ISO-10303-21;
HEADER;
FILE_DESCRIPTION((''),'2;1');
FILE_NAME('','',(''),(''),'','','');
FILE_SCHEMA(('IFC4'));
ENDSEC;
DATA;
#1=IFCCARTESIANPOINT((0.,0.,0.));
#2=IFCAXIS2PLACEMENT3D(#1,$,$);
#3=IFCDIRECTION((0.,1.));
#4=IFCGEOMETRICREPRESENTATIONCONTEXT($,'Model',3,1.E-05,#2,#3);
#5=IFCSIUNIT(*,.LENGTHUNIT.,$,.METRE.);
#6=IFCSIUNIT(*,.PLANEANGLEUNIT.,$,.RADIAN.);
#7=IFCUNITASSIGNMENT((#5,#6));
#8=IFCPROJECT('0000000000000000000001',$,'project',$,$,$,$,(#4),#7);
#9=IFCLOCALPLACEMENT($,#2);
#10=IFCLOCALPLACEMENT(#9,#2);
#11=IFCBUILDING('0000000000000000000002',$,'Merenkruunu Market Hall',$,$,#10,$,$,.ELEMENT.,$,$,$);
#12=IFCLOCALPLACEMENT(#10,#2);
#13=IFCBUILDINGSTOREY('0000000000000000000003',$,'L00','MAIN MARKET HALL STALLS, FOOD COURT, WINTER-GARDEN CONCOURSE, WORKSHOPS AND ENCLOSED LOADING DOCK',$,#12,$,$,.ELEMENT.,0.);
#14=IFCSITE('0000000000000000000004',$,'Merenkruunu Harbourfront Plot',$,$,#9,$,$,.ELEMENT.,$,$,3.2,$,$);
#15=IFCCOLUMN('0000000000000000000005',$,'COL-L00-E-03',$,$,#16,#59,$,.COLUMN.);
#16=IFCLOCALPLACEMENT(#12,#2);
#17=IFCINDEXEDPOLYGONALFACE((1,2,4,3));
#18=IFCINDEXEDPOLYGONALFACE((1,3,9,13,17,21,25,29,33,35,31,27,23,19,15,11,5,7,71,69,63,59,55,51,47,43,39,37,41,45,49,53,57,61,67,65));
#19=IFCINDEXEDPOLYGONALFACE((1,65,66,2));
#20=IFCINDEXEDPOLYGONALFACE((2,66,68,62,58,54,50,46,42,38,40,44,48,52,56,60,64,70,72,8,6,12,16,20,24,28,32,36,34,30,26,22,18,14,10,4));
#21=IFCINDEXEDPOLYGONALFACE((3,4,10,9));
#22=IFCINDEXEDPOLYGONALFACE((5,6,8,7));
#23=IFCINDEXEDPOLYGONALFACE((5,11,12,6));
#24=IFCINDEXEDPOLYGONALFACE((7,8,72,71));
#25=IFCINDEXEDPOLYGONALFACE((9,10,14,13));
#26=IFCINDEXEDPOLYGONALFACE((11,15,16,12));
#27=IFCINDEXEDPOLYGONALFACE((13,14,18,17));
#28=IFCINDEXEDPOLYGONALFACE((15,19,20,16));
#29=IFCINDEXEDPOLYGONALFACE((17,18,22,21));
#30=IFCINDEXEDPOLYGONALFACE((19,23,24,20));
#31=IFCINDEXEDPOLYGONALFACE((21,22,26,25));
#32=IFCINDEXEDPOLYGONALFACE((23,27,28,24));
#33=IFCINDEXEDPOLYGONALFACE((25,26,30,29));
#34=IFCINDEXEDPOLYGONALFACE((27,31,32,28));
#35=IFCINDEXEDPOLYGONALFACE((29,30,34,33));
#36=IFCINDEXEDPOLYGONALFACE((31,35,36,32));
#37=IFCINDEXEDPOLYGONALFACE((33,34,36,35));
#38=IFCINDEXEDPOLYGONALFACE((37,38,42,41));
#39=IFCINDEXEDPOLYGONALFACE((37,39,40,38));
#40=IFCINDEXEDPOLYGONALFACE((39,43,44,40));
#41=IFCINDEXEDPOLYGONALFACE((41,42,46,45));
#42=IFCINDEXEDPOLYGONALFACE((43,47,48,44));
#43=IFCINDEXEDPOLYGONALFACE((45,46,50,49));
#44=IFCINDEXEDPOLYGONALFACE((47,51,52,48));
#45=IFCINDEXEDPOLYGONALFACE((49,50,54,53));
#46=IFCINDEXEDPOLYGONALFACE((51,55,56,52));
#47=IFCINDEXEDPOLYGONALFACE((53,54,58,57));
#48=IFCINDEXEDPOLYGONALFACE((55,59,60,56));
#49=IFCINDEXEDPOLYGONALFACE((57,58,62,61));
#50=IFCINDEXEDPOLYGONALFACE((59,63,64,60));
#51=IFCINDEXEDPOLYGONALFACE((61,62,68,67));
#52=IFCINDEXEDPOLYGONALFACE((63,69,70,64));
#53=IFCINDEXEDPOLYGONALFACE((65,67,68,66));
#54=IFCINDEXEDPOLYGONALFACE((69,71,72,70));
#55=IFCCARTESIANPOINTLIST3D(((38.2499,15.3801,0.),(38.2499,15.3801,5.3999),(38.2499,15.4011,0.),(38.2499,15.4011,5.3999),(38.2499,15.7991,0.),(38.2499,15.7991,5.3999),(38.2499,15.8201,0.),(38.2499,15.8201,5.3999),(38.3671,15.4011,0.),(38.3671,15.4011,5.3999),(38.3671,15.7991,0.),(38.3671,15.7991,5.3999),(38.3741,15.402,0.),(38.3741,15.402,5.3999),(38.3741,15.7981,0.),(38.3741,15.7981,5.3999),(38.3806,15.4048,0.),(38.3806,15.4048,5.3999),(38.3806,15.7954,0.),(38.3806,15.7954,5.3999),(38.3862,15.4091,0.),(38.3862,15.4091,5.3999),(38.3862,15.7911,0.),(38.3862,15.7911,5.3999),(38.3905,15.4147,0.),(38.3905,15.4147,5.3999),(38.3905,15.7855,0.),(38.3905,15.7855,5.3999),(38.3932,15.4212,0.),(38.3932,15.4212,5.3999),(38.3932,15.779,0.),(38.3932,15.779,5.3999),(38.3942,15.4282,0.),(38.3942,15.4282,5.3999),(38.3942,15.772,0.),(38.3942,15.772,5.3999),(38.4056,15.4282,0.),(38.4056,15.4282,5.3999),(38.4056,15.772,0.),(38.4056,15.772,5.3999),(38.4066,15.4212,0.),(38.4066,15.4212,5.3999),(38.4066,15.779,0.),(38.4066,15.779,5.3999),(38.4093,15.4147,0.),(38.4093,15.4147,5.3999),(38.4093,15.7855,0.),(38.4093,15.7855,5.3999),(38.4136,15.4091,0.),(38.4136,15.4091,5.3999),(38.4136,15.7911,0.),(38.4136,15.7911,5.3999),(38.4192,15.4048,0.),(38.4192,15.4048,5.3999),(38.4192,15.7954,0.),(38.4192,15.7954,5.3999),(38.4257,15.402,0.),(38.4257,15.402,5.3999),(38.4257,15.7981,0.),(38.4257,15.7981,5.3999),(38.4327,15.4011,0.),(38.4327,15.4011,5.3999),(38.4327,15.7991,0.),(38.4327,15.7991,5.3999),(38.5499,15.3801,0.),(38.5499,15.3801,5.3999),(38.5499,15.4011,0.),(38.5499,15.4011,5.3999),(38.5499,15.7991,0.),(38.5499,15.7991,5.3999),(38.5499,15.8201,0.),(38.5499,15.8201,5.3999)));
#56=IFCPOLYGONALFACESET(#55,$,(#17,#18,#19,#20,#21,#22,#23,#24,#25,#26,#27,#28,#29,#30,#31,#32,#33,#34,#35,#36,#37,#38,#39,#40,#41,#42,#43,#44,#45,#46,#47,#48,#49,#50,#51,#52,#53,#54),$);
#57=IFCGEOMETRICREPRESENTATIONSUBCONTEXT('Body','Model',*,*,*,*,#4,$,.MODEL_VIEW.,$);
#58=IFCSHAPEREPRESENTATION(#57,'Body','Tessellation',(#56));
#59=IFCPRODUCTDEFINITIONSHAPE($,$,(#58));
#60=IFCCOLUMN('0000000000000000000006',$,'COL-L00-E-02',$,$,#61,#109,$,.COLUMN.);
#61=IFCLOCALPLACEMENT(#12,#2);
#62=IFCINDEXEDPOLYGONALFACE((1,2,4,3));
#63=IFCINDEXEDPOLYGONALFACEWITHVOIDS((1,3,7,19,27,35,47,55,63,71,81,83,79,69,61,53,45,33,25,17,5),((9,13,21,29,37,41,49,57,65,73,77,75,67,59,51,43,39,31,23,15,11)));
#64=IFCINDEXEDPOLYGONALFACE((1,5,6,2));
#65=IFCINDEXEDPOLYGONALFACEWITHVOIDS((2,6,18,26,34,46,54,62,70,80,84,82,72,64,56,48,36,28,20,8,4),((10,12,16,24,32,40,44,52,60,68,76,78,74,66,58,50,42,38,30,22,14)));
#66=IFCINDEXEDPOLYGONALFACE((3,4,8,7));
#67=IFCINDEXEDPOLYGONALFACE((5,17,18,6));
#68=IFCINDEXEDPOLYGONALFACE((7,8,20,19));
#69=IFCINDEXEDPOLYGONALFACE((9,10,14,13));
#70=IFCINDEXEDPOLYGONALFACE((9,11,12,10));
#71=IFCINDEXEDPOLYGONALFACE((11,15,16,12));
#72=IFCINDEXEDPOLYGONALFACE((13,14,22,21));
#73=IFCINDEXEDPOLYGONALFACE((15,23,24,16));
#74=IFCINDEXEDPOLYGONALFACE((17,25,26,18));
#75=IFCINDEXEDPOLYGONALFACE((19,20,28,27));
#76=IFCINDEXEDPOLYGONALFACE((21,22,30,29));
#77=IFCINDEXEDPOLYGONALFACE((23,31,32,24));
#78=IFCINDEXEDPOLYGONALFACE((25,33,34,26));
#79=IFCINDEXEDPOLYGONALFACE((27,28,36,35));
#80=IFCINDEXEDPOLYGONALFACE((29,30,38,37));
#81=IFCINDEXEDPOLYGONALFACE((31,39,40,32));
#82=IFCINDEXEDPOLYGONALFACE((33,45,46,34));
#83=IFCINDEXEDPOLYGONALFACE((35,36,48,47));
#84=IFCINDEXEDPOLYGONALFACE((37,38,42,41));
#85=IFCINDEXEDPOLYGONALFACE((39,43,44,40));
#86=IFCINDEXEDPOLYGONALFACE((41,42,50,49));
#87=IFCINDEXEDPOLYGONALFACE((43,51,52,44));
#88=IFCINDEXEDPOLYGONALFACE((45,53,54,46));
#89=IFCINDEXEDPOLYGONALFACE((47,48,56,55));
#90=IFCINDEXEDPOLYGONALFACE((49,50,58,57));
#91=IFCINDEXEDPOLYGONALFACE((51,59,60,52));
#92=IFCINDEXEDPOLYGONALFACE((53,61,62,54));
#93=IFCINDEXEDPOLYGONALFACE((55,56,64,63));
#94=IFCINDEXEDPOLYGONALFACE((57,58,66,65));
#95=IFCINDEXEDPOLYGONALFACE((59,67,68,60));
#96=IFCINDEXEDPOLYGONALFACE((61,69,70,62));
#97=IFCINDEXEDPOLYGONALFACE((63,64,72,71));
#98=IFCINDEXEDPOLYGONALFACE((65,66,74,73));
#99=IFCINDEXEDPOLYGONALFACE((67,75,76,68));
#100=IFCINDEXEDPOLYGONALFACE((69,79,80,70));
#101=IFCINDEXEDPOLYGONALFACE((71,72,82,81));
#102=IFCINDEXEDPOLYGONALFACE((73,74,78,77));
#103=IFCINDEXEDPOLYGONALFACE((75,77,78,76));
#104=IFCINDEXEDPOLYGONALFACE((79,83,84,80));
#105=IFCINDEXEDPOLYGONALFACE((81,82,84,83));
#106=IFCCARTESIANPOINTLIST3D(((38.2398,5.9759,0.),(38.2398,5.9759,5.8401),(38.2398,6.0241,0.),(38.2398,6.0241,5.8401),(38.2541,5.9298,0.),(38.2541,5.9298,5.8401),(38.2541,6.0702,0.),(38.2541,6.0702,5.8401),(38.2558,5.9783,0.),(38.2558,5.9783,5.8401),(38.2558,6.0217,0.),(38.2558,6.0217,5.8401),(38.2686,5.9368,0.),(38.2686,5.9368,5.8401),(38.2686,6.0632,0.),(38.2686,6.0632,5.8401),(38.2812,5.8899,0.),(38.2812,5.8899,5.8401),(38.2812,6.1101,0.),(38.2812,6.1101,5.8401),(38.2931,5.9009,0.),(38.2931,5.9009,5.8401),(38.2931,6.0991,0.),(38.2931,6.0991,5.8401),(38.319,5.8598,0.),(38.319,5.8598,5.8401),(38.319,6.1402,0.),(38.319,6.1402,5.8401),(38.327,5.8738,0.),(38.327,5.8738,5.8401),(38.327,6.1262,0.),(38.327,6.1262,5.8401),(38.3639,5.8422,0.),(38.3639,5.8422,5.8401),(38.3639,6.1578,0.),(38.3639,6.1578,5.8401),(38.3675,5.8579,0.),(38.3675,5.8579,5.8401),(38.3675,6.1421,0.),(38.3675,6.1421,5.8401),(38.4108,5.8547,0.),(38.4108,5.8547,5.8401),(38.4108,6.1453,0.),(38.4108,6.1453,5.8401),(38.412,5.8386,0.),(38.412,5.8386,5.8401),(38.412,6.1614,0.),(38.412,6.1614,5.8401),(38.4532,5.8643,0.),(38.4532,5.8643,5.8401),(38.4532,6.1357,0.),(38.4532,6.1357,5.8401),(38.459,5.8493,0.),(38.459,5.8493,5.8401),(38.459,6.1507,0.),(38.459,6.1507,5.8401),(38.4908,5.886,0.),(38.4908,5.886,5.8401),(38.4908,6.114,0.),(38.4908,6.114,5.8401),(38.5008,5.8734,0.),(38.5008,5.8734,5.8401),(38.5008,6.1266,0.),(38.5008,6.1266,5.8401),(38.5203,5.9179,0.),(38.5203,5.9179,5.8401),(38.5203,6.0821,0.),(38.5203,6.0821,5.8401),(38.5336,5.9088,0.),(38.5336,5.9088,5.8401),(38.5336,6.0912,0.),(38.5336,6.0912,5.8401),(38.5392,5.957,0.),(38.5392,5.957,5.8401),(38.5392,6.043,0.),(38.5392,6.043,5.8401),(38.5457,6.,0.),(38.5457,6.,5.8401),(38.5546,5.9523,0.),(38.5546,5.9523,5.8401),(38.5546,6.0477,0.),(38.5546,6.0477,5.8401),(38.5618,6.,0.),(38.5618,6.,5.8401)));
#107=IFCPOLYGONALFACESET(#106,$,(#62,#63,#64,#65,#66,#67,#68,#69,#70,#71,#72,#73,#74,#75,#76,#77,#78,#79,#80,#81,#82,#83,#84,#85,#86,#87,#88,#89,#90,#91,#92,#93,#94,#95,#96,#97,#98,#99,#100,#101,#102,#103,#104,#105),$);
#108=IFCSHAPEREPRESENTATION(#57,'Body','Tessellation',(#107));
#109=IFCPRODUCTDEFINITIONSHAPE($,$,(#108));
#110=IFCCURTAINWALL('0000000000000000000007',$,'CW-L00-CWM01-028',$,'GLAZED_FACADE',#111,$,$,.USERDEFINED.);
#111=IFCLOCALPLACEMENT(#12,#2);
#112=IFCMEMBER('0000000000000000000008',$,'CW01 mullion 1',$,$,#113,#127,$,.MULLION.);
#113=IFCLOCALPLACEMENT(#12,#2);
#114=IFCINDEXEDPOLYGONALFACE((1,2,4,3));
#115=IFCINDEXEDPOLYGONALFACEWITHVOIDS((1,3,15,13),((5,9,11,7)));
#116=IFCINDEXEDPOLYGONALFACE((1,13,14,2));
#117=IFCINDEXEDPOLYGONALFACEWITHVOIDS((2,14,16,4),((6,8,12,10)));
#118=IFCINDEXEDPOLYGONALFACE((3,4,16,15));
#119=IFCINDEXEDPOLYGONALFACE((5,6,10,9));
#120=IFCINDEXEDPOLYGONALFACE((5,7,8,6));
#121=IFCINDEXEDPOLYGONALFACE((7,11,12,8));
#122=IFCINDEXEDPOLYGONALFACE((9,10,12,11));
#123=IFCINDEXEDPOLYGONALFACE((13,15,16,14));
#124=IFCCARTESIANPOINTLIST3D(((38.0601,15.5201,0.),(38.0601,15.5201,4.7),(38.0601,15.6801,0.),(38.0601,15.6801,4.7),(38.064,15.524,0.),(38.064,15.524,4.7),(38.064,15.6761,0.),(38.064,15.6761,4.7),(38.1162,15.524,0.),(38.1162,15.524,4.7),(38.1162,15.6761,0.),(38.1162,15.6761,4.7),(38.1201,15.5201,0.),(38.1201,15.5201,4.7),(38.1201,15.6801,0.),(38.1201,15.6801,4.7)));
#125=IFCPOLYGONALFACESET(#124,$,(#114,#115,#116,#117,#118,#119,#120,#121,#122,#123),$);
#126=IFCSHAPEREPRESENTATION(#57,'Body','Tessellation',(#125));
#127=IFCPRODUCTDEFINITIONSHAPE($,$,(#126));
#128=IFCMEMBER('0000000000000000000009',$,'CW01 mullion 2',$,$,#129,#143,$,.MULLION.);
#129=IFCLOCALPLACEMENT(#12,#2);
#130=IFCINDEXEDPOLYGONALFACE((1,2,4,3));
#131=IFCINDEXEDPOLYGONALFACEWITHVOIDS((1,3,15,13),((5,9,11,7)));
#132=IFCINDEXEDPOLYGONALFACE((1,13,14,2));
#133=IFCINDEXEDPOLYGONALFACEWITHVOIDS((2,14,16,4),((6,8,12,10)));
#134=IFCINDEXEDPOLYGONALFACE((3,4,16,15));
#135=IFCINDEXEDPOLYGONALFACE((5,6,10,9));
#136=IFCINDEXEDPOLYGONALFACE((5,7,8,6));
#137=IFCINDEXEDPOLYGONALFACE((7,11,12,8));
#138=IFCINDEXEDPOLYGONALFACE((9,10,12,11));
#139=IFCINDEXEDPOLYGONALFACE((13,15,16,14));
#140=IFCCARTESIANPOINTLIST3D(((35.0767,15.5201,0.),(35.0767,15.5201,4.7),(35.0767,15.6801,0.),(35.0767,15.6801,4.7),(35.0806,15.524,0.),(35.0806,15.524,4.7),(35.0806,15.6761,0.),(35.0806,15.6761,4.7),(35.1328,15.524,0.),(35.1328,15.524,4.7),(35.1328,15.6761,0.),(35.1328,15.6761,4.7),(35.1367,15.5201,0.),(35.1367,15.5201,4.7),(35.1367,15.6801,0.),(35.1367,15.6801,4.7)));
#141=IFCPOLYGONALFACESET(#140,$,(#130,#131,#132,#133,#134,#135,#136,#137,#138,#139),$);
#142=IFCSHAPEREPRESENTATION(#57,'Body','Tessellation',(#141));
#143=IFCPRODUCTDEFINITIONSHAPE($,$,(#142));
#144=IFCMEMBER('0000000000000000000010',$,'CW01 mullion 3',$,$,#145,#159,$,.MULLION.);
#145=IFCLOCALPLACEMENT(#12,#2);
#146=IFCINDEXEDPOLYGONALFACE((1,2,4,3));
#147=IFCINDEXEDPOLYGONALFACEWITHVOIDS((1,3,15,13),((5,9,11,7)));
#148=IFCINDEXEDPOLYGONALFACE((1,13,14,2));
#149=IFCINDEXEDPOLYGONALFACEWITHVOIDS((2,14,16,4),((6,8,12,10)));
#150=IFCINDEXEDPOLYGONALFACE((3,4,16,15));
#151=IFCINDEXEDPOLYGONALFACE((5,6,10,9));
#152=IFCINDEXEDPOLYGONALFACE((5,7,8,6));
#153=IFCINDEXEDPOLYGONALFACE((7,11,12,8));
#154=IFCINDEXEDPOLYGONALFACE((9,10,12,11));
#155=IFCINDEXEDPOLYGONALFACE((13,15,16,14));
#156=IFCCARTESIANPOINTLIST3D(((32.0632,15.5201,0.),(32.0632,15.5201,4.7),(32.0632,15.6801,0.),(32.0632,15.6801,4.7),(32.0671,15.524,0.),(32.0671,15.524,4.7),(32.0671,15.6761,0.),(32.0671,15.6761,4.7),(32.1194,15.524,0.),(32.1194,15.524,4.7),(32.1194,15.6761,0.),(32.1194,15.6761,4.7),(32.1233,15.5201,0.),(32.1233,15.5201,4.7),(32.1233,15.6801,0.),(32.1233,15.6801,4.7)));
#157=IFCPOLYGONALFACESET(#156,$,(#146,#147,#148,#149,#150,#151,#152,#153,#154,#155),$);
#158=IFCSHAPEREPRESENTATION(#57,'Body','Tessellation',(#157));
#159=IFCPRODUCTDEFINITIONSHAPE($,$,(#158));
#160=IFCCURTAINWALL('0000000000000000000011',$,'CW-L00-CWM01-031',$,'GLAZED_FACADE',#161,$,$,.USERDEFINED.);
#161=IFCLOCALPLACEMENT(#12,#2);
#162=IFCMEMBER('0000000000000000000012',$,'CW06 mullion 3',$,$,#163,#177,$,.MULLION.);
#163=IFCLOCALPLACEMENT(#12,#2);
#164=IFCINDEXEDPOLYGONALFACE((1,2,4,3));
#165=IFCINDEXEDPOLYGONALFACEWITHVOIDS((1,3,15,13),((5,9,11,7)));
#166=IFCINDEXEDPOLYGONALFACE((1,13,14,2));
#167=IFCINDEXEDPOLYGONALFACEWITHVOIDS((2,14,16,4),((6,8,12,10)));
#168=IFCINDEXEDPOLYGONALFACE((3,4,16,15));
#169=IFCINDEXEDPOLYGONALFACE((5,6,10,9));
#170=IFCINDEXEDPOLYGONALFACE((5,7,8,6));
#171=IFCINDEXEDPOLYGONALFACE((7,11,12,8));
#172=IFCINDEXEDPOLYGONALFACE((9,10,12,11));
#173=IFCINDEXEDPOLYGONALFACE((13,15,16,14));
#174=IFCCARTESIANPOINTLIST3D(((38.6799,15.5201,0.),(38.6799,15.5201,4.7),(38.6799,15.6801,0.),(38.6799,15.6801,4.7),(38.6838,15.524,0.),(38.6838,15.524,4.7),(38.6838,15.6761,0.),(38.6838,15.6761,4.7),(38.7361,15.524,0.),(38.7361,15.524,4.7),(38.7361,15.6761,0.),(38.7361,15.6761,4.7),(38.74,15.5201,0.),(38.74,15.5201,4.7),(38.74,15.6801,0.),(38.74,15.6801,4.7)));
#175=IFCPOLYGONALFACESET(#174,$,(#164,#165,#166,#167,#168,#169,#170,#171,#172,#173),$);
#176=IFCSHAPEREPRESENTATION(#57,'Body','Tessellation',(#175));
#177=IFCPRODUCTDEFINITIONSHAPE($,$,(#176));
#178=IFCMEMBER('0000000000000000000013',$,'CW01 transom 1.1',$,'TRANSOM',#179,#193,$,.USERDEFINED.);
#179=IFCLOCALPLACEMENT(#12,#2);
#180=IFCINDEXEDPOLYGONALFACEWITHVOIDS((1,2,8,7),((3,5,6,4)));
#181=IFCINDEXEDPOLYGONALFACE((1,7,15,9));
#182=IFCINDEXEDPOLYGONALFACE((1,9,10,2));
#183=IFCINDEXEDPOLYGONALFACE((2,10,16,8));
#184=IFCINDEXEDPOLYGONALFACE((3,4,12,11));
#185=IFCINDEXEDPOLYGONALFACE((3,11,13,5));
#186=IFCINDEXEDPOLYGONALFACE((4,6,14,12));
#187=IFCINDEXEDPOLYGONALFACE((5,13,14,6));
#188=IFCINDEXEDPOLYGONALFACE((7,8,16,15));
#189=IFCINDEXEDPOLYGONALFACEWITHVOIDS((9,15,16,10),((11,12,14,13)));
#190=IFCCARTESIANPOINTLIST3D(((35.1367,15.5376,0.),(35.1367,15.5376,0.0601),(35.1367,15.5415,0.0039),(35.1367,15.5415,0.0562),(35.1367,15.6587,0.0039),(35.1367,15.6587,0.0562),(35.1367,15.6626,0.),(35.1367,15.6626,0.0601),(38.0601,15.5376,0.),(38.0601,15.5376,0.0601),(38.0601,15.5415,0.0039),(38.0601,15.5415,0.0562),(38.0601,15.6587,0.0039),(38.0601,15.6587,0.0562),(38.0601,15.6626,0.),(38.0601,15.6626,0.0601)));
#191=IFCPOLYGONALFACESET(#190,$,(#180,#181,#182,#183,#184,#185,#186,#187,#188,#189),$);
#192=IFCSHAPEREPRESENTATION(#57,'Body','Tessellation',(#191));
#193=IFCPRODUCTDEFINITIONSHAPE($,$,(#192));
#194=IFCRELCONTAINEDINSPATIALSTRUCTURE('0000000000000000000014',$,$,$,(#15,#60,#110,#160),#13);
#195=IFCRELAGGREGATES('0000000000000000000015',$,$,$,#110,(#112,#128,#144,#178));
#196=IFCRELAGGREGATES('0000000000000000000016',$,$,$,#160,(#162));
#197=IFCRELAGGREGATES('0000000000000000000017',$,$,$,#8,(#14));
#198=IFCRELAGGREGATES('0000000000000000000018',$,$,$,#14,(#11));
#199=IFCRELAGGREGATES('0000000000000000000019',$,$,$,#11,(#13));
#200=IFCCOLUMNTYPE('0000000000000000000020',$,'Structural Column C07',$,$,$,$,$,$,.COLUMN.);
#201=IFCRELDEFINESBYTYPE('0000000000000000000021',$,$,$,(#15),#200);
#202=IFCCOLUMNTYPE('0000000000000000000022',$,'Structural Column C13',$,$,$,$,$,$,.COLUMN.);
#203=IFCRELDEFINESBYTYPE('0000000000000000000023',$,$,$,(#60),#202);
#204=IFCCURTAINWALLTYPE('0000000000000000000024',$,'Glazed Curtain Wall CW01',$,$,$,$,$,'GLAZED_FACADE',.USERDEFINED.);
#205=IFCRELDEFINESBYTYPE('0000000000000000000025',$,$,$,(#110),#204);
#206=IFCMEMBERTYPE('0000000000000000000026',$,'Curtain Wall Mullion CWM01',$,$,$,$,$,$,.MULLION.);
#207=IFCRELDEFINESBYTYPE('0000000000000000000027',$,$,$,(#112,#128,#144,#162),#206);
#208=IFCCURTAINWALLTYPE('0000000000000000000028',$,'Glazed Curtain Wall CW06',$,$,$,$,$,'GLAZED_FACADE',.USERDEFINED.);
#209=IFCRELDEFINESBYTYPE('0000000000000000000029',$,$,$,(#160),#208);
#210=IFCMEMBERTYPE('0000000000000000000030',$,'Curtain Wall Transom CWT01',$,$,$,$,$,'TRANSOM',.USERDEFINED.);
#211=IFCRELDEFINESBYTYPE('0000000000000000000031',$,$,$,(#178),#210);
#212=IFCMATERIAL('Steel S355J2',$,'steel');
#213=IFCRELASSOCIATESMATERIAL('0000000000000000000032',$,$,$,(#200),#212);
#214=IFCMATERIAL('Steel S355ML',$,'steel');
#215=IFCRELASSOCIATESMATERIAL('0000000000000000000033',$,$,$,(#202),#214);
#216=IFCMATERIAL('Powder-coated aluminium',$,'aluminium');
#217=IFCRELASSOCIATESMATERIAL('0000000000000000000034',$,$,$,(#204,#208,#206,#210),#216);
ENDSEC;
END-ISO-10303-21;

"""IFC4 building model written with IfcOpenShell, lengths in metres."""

from ifc_helpers import new_model, si_unit, direction, frame, origin, origin_2d, place, context, subcontext, project, spatial, hollow_rectangle, hollow_circle, i_section, extrude, material, material_profile, profile_set, type_object, element, aggregate, save


model = new_model("IFC4")

# Units and contexts
model_context = context("Model", 3, precision=1e-05, world=origin(), true_north=direction((0.0, 1.0)))
body_context = subcontext(model_context, "Body", "Model", "MODEL_VIEW")
ifc_project = project(units=[si_unit("LENGTHUNIT", "METRE"), si_unit("PLANEANGLEUNIT", "RADIAN")], contexts=[model_context])

# Site, building, storey
site_placement = place(None, origin())
site = spatial("IfcSite", under=ifc_project, at=site_placement, Name="Merenkruunu Harbourfront Plot", CompositionType="ELEMENT", RefElevation=3.2)
building_placement = place(site_placement, origin())
building = spatial("IfcBuilding", under=site, at=building_placement, Name="Merenkruunu Market Hall", CompositionType="ELEMENT")
storey_placement = place(building_placement, origin())
storey = spatial("IfcBuildingStorey", under=building, at=storey_placement, Name="L00", Description="MAIN MARKET HALL STALLS, FOOD COURT, WINTER-GARDEN CONCOURSE, WORKSHOPS AND ENCLOSED LOADING DOCK", CompositionType="ELEMENT", Elevation=0.0)

# Columns
ifc_material_1 = material(Name="Steel S355J2", Category="steel")
ifc_material_profile_1 = material_profile(ifc_material_1, i_section(OverallWidth=0.3, OverallDepth=0.4399, WebThickness=0.0115, FlangeThickness=0.021, FilletRadius=0.0271, at=origin_2d()), Name="HEA 450")
ifc_profile_set_1 = profile_set([ifc_material_profile_1], Name="Steel S355J2")
column_type_1 = type_object("IfcColumnType", Name="Structural Column C07", PredefinedType="COLUMN", material=ifc_profile_set_1)
column_1_placement = place(storey_placement, frame((38.3999, 15.6001, 0.0), z_axis=(0.0, 0.0, 1.0), x_axis=(1.0, 0.0, 0.0)))
element("IfcColumn", 1, at=column_1_placement, inside=storey, type_object=column_type_1, Name="COL-L00-E-03", PredefinedType="COLUMN", context=body_context, shape_type="SweptSolid", body=[
    extrude(i_section(OverallWidth=0.3, OverallDepth=0.4399, WebThickness=0.0115, FlangeThickness=0.021, FilletRadius=0.0271, at=origin_2d()), origin(), (0.0, 0.0, 1.0), 5.3999),
])
ifc_material_2 = material(Name="Steel S355ML", Category="steel")
ifc_material_profile_2 = material_profile(ifc_material_2, hollow_circle(Radius=0.1619, WallThickness=0.0161, at=origin_2d()), Name="CHS 323.9x16")
ifc_profile_set_2 = profile_set([ifc_material_profile_2], Name="Steel S355ML")
column_type_2 = type_object("IfcColumnType", Name="Structural Column C13", PredefinedType="COLUMN", material=ifc_profile_set_2)
column_2_placement = place(storey_placement, frame((38.3999, 6.0, 0.0), z_axis=(0.0, 0.0, 1.0), x_axis=(1.0, 0.0, 0.0)))
element("IfcColumn", 2, at=column_2_placement, inside=storey, type_object=column_type_2, Name="COL-L00-E-02", PredefinedType="COLUMN", context=body_context, shape_type="SweptSolid", body=[
    extrude(hollow_circle(Radius=0.1619, WallThickness=0.0161, at=origin_2d()), origin(), (0.0, 0.0, 1.0), 5.8401),
])

# Curtain wall, members
ifc_material_3 = material(Name="Powder-coated aluminium", Category="aluminium")
curtain_wall_type_1 = type_object("IfcCurtainWallType", Name="Glazed Curtain Wall CW01", ElementType="GLAZED_FACADE", PredefinedType="USERDEFINED", material=ifc_material_3)
curtain_wall_1_placement = place(storey_placement, origin())
curtain_wall_1 = element("IfcCurtainWall", 3, at=curtain_wall_1_placement, inside=storey, type_object=curtain_wall_type_1, Name="CW-L00-CWM01-028", ObjectType="GLAZED_FACADE", PredefinedType="USERDEFINED")
ifc_material_profile_3 = material_profile(ifc_material_3, hollow_rectangle(XDim=0.0601, YDim=0.1599, WallThickness=0.0039, at=origin_2d()), Name="ALU 60x160x4")
ifc_profile_set_3 = profile_set([ifc_material_profile_3], Name="Powder-coated aluminium")
member_type_1 = type_object("IfcMemberType", Name="Curtain Wall Mullion CWM01", PredefinedType="MULLION", material=ifc_profile_set_3)
member_1_placement = place(storey_placement, frame((38.0901, 15.6001, 0.0), z_axis=(0.0, 0.0, 1.0), x_axis=(-1.0, 0.0, 0.0)))
member_1 = element("IfcMember", 4, at=member_1_placement, type_object=member_type_1, Name="CW01 mullion 1", PredefinedType="MULLION", context=body_context, shape_type="SweptSolid", body=[
    extrude(hollow_rectangle(XDim=0.0601, YDim=0.1599, WallThickness=0.0039, at=origin_2d()), origin(), (0.0, 0.0, 1.0), 4.7),
])
member_2_placement = place(storey_placement, frame((35.1067, 15.6001, 0.0), z_axis=(0.0, 0.0, 1.0), x_axis=(-1.0, 0.0, 0.0)))
member_2 = element("IfcMember", 5, at=member_2_placement, type_object=member_type_1, Name="CW01 mullion 2", PredefinedType="MULLION", context=body_context, shape_type="SweptSolid", body=[
    extrude(hollow_rectangle(XDim=0.0601, YDim=0.1599, WallThickness=0.0039, at=origin_2d()), origin(), (0.0, 0.0, 1.0), 4.7),
])
member_3_placement = place(storey_placement, frame((32.0933, 15.6001, 0.0), z_axis=(0.0, 0.0, 1.0), x_axis=(-1.0, 0.0, 0.0)))
member_3 = element("IfcMember", 6, at=member_3_placement, type_object=member_type_1, Name="CW01 mullion 3", PredefinedType="MULLION", context=body_context, shape_type="SweptSolid", body=[
    extrude(hollow_rectangle(XDim=0.0601, YDim=0.1599, WallThickness=0.0039, at=origin_2d()), origin(), (0.0, 0.0, 1.0), 4.7),
])

# Curtain wall, member
curtain_wall_type_2 = type_object("IfcCurtainWallType", Name="Glazed Curtain Wall CW06", ElementType="GLAZED_FACADE", PredefinedType="USERDEFINED", material=ifc_material_3)
curtain_wall_2_placement = place(storey_placement, origin())
curtain_wall_2 = element("IfcCurtainWall", 7, at=curtain_wall_2_placement, inside=storey, type_object=curtain_wall_type_2, Name="CW-L00-CWM01-031", ObjectType="GLAZED_FACADE", PredefinedType="USERDEFINED")
member_4_placement = place(storey_placement, frame((38.71, 15.6001, 0.0), z_axis=(0.0, 0.0, 1.0), x_axis=(-1.0, 0.0, 0.0)))
member_4 = element("IfcMember", 8, at=member_4_placement, type_object=member_type_1, Name="CW06 mullion 3", PredefinedType="MULLION", context=body_context, shape_type="SweptSolid", body=[
    extrude(hollow_rectangle(XDim=0.0601, YDim=0.1599, WallThickness=0.0039, at=origin_2d()), origin(), (0.0, 0.0, 1.0), 4.7),
])

# Member
ifc_material_profile_4 = material_profile(ifc_material_3, hollow_rectangle(XDim=0.0601, YDim=0.125, WallThickness=0.0039, at=origin_2d()), Name="ALU 60x125x4")
ifc_profile_set_4 = profile_set([ifc_material_profile_4], Name="Powder-coated aluminium")
member_type_2 = type_object("IfcMemberType", Name="Curtain Wall Transom CWT01", ElementType="TRANSOM", PredefinedType="USERDEFINED", material=ifc_profile_set_4)
member_5_placement = place(storey_placement, frame((38.0601, 15.6001, 0.03), z_axis=(-1.0, 0.0, 0.0), x_axis=(0.0, 0.0, 1.0)))
member_5 = element("IfcMember", 9, at=member_5_placement, type_object=member_type_2, Name="CW01 transom 1.1", ObjectType="TRANSOM", PredefinedType="USERDEFINED", context=body_context, shape_type="SweptSolid", body=[
    extrude(hollow_rectangle(XDim=0.0601, YDim=0.125, WallThickness=0.0039, at=origin_2d()), origin(), (0.0, 0.0, 1.0), 2.9233),
])

aggregate(curtain_wall_1, [member_1, member_2, member_3, member_5])
aggregate(curtain_wall_2, [member_4])

save(model, "model.ifc")
